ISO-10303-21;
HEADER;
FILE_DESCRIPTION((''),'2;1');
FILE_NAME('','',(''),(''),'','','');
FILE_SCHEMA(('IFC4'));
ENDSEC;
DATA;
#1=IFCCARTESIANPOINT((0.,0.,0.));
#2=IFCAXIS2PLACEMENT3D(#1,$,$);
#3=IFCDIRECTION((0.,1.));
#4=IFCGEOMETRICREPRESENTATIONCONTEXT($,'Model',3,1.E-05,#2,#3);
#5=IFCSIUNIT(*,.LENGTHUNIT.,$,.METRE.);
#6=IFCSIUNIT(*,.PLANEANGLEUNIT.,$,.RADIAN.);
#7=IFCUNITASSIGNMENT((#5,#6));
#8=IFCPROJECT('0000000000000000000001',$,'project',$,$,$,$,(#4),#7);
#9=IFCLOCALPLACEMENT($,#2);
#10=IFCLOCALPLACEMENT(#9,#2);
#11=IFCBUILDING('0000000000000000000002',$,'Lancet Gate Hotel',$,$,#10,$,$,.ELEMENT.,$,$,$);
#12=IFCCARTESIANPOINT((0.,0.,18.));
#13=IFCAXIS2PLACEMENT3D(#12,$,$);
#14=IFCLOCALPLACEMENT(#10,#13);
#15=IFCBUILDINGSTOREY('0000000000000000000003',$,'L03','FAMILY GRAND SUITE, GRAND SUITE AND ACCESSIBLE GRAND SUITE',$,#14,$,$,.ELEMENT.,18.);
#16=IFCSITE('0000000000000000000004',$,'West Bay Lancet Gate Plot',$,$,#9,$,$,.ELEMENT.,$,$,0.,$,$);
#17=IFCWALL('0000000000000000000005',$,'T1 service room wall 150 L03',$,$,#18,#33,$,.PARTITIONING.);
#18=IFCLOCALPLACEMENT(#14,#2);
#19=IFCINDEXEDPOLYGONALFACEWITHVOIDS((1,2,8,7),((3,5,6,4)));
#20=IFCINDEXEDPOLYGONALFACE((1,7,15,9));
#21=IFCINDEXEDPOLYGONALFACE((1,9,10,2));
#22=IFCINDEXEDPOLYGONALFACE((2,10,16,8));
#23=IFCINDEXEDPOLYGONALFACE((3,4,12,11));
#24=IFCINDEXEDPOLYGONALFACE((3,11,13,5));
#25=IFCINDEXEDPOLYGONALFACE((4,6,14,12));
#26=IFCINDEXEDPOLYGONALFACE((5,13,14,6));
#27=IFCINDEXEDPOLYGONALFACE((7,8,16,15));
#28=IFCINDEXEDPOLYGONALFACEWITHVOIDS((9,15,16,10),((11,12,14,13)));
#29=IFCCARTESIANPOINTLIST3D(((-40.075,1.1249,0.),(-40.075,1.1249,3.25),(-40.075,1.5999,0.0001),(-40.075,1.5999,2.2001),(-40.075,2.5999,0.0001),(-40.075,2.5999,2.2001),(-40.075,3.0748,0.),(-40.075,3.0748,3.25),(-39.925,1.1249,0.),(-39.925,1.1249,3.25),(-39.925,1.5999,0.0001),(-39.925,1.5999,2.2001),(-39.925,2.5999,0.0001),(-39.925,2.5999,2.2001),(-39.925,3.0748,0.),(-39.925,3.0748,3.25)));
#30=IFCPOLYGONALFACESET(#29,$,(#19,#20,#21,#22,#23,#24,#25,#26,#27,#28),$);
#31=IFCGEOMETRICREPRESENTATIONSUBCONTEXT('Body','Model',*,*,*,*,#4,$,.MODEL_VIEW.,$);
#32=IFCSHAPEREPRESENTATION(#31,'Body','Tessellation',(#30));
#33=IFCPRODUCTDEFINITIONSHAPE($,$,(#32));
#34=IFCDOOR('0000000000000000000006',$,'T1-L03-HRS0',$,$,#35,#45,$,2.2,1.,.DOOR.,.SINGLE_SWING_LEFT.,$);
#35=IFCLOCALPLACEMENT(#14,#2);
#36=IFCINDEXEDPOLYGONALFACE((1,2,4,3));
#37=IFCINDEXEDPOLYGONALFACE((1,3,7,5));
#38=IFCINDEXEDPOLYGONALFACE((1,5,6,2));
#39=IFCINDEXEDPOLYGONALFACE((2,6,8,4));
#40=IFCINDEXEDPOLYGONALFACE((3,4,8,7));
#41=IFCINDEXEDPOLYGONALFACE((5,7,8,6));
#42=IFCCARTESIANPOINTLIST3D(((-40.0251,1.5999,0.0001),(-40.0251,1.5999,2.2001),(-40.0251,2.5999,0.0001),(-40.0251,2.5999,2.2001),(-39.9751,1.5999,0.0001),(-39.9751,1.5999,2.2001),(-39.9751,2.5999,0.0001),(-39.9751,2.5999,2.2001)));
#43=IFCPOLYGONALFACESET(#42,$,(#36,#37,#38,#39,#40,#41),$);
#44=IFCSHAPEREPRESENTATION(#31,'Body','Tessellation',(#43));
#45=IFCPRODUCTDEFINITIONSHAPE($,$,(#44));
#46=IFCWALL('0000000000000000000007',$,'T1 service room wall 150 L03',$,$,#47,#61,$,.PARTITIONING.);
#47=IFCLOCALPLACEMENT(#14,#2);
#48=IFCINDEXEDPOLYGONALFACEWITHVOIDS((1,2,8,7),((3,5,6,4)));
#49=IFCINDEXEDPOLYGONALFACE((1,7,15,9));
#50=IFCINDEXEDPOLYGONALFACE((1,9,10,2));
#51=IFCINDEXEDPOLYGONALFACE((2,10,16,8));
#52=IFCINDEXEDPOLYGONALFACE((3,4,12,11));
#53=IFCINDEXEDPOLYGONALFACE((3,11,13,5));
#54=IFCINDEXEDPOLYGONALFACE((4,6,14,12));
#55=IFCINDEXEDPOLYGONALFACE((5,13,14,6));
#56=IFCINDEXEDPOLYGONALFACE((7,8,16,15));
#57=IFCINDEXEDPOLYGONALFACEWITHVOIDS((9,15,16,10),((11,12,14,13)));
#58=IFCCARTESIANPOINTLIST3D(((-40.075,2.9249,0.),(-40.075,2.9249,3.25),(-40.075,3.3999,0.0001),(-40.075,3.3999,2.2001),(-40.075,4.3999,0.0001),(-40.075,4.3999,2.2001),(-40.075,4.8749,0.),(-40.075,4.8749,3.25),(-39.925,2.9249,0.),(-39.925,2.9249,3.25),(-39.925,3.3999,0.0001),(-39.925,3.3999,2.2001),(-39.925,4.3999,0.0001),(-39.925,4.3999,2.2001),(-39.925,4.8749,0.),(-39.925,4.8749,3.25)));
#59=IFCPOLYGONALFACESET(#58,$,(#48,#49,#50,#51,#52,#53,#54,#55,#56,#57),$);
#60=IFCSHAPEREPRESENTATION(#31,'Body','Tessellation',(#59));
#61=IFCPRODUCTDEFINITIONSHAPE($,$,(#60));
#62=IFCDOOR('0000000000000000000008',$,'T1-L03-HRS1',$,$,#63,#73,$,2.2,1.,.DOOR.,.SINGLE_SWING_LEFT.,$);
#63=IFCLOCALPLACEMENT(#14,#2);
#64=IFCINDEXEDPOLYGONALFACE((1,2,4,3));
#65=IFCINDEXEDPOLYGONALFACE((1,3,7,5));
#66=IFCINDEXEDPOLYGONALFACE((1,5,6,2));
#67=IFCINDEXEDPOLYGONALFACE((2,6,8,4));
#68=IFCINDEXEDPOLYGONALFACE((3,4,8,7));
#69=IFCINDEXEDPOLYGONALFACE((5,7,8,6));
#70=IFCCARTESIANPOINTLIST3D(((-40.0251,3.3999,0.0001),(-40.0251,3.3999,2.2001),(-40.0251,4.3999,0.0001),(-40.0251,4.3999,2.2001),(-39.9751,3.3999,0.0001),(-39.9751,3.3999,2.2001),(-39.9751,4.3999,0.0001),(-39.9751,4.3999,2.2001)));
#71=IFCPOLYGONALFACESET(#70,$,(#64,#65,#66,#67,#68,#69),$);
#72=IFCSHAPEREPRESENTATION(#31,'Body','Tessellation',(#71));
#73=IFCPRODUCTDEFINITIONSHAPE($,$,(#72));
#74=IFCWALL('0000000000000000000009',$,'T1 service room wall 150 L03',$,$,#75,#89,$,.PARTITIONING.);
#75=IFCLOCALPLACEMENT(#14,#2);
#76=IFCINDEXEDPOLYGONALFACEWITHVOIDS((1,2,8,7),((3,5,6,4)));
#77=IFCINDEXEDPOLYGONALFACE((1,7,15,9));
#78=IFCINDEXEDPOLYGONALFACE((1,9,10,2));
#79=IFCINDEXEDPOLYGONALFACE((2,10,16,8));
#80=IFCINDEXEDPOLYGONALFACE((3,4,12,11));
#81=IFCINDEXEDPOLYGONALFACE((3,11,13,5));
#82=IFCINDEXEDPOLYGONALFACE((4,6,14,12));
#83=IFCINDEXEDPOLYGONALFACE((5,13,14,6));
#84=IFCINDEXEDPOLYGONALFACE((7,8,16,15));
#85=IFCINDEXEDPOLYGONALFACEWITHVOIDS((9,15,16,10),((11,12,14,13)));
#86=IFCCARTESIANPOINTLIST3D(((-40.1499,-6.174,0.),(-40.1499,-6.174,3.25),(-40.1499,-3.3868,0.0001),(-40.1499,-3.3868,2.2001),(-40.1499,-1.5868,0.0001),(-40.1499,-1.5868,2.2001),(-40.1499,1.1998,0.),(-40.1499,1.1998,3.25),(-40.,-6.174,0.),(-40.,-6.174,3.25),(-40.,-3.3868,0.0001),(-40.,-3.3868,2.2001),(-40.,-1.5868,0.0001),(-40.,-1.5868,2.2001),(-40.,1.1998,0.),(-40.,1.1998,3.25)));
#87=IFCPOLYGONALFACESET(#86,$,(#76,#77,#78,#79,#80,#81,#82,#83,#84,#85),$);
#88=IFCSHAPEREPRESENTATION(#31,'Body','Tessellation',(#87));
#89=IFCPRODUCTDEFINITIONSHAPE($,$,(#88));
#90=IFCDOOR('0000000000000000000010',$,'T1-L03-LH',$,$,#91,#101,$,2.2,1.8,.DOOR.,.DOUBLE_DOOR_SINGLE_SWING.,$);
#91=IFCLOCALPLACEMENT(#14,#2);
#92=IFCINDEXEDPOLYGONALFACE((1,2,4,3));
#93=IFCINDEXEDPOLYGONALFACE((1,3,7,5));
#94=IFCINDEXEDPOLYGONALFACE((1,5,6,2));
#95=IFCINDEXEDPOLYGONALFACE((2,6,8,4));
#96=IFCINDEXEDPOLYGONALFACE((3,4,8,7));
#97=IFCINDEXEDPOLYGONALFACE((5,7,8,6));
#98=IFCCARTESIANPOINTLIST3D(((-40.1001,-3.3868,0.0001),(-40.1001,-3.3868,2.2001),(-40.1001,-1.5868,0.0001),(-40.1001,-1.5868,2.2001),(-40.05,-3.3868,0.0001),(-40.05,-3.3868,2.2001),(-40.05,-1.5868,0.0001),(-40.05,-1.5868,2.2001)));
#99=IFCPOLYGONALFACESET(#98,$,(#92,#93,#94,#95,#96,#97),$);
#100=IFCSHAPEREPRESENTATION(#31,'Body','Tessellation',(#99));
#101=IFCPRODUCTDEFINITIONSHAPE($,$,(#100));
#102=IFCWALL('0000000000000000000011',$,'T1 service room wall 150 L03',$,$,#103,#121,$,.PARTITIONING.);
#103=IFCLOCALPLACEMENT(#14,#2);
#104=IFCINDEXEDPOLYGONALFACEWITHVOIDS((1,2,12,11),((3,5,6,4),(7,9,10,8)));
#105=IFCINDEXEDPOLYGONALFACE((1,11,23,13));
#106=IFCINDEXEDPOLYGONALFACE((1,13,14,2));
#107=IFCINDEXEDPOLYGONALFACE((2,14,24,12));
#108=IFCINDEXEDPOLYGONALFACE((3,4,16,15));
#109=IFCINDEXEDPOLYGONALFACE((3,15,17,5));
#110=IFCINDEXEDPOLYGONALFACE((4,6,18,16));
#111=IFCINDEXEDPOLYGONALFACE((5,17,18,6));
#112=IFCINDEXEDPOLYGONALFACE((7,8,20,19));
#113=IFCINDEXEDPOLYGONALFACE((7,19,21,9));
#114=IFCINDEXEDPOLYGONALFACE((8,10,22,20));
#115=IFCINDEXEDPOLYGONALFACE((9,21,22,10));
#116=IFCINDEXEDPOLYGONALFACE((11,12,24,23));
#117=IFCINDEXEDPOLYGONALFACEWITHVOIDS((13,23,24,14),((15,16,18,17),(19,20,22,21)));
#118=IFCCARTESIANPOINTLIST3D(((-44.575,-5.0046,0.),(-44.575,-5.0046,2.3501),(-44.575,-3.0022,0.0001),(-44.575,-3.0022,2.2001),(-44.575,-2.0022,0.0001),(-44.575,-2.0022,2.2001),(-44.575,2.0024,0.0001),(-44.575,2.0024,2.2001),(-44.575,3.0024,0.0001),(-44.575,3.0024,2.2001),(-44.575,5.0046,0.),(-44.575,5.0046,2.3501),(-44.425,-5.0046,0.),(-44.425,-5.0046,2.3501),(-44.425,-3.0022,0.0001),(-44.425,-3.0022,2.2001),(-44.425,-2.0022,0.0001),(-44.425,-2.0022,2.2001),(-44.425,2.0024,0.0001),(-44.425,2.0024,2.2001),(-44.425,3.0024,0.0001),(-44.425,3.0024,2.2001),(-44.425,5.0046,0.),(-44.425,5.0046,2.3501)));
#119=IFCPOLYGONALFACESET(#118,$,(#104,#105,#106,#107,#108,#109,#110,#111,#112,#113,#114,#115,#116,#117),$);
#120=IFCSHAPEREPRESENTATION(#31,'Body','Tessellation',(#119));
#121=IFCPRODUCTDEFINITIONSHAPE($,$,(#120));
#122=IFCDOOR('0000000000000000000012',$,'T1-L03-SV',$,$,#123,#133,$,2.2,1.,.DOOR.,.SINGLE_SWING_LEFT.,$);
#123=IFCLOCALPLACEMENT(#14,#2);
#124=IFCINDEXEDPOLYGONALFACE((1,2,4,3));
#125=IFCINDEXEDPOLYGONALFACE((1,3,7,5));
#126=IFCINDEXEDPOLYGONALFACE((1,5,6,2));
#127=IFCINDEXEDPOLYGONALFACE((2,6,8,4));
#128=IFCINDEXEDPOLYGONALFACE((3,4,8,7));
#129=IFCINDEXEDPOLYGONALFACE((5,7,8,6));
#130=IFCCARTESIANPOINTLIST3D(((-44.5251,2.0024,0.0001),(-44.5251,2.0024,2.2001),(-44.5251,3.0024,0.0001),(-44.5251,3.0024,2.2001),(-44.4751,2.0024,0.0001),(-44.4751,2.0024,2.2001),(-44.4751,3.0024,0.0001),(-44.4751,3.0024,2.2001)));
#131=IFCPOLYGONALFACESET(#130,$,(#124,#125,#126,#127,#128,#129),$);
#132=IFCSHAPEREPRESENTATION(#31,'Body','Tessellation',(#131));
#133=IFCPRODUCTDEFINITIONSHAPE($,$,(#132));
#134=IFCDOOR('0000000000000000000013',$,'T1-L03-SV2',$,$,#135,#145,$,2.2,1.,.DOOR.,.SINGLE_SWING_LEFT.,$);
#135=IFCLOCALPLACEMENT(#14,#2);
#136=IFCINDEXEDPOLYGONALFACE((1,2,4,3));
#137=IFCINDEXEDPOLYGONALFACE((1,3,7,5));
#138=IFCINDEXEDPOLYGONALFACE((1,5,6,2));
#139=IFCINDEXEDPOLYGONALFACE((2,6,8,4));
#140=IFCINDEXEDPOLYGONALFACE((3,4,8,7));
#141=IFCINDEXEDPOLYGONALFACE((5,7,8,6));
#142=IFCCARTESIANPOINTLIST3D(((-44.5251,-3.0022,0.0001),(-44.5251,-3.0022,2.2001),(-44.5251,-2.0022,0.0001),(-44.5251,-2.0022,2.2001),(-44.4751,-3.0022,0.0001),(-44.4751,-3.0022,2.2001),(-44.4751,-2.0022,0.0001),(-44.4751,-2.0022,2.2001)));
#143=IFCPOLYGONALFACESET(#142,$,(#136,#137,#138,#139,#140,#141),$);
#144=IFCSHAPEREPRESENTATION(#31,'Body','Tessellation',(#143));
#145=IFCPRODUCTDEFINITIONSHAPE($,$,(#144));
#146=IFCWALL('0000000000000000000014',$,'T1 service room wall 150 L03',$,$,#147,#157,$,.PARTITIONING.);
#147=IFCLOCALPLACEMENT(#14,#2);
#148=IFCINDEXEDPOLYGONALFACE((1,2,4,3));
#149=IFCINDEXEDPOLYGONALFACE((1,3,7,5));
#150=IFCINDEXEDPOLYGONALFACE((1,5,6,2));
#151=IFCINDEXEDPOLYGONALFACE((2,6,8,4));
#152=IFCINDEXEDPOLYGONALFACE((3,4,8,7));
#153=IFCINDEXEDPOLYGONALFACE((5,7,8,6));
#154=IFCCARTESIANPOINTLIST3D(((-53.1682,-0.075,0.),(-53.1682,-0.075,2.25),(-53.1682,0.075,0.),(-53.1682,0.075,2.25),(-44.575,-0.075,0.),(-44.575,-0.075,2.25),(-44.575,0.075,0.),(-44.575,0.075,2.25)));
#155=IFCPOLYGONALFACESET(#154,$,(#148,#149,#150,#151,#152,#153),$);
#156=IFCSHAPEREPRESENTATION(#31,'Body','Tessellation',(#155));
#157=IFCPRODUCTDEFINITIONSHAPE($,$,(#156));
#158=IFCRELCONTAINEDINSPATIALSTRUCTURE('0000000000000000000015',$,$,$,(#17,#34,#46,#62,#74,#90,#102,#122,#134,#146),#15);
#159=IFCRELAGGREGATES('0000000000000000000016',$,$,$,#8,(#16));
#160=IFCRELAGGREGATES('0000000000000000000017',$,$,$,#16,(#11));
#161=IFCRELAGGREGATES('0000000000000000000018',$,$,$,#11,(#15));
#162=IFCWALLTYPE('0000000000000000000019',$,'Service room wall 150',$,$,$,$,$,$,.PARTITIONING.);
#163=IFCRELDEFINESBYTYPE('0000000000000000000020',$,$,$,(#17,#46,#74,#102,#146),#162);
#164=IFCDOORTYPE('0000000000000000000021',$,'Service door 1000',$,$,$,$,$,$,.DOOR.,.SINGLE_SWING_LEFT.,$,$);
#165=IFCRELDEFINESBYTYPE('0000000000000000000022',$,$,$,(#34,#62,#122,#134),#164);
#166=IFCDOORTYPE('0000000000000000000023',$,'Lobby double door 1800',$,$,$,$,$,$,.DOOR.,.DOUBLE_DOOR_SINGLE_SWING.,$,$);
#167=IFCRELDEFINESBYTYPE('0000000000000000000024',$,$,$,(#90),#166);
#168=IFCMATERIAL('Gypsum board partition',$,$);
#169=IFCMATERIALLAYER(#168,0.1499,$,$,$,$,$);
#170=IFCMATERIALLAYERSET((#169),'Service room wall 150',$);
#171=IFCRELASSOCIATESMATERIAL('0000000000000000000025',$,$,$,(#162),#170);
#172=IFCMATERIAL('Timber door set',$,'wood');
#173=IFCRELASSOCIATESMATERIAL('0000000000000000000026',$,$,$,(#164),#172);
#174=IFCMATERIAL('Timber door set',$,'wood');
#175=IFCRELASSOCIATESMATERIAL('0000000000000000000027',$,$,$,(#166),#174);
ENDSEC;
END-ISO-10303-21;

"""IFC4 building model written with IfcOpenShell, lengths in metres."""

from ifc_helpers import new_model, si_unit, direction, frame, frame_2d, origin, place, context, subcontext, project, spatial, rectangle, extrude, material, layer, layer_set, type_object, element, fill, save


model = new_model("IFC4")

# Units and contexts
model_context = context("Model", 3, precision=1e-05, world=origin(), true_north=direction((0.0, 1.0)))
body_context = subcontext(model_context, "Body", "Model", "MODEL_VIEW")
ifc_project = project(units=[si_unit("LENGTHUNIT", "METRE"), si_unit("PLANEANGLEUNIT", "RADIAN")], contexts=[model_context])

# Site, building, storey
site_placement = place(None, origin())
site = spatial("IfcSite", under=ifc_project, at=site_placement, Name="West Bay Lancet Gate Plot", CompositionType="ELEMENT", RefElevation=0.0)
building_placement = place(site_placement, origin())
building = spatial("IfcBuilding", under=site, at=building_placement, Name="Lancet Gate Hotel", CompositionType="ELEMENT")
storey_placement = place(building_placement, frame((0.0, 0.0, 18.0)))
storey = spatial("IfcBuildingStorey", under=building, at=storey_placement, Name="L03", Description="FAMILY GRAND SUITE, GRAND SUITE AND ACCESSIBLE GRAND SUITE", CompositionType="ELEMENT", Elevation=18.0)

# Walls, openings, doors
ifc_material_1 = material(Name="Gypsum board partition")
ifc_layer_1 = layer(ifc_material_1, 0.1499)
ifc_layer_set_1 = layer_set([ifc_layer_1], Name="Service room wall 150")
wall_type_1 = type_object("IfcWallType", Name="Service room wall 150", PredefinedType="PARTITIONING", material=ifc_layer_set_1)
wall_1_placement = place(storey_placement, frame((-40.0, 3.075, 0.0), z_axis=(0.0, 0.0, 1.0), x_axis=(0.0, -1.0, 0.0)))
wall_1 = element("IfcWall", 1, at=wall_1_placement, inside=storey, type_object=wall_type_1, Name="T1 service room wall 150 L03", PredefinedType="PARTITIONING", context=body_context, shape_type="SweptSolid", body=[
    extrude(rectangle(XDim=1.95, YDim=0.1499, at=frame_2d((0.9751, 0.0))), origin(), (0.0, 0.0, 1.0), 3.25),
])
opening_1_placement = place(wall_1_placement, frame((0.4751, 0.0, 0.0)))
opening_1 = element("IfcOpeningElement", 2, at=opening_1_placement, cuts=wall_1, PredefinedType="OPENING", context=body_context, shape_type="SweptSolid", body=[
    extrude(rectangle(XDim=1.0, YDim=2.2, at=frame_2d((0.5, 1.1001))), frame((0.0, 0.085, 0.0), z_axis=(0.0, -1.0, 0.0), x_axis=(1.0, 0.0, 0.0)), (0.0, 0.0, 1.0), 0.1699),
])
ifc_material_2 = material(Name="Timber door set", Category="wood")
door_type_1 = type_object("IfcDoorType", Name="Service door 1000", OperationType="SINGLE_SWING_LEFT", PredefinedType="DOOR", material=ifc_material_2)
door_1_placement = place(opening_1_placement, origin())
door_1 = element("IfcDoor", 3, at=door_1_placement, inside=storey, type_object=door_type_1, Name="T1-L03-HRS0", OperationType="SINGLE_SWING_LEFT", OverallHeight=2.2, OverallWidth=1.0, PredefinedType="DOOR", context=body_context, shape_type="SweptSolid", body=[
    extrude(rectangle(XDim=1.0, YDim=2.2, at=frame_2d((0.5, 1.1001))), frame((0.0, 0.0249, 0.0), z_axis=(0.0, -1.0, 0.0), x_axis=(1.0, 0.0, 0.0)), (0.0, 0.0, 1.0), 0.05),
])
fill(opening_1, door_1)
wall_2_placement = place(storey_placement, frame((-40.0, 4.875, 0.0), z_axis=(0.0, 0.0, 1.0), x_axis=(0.0, -1.0, 0.0)))
wall_2 = element("IfcWall", 4, at=wall_2_placement, inside=storey, type_object=wall_type_1, Name="T1 service room wall 150 L03", PredefinedType="PARTITIONING", context=body_context, shape_type="SweptSolid", body=[
    extrude(rectangle(XDim=1.95, YDim=0.1499, at=frame_2d((0.9751, 0.0))), origin(), (0.0, 0.0, 1.0), 3.25),
])
opening_2_placement = place(wall_2_placement, frame((0.4751, 0.0, 0.0)))
opening_2 = element("IfcOpeningElement", 5, at=opening_2_placement, cuts=wall_2, PredefinedType="OPENING", context=body_context, shape_type="SweptSolid", body=[
    extrude(rectangle(XDim=1.0, YDim=2.2, at=frame_2d((0.5, 1.1001))), frame((0.0, 0.085, 0.0), z_axis=(0.0, -1.0, 0.0), x_axis=(1.0, 0.0, 0.0)), (0.0, 0.0, 1.0), 0.1699),
])
door_2_placement = place(opening_2_placement, origin())
door_2 = element("IfcDoor", 6, at=door_2_placement, inside=storey, type_object=door_type_1, Name="T1-L03-HRS1", OperationType="SINGLE_SWING_LEFT", OverallHeight=2.2, OverallWidth=1.0, PredefinedType="DOOR", context=body_context, shape_type="SweptSolid", body=[
    extrude(rectangle(XDim=1.0, YDim=2.2, at=frame_2d((0.5, 1.1001))), frame((0.0, 0.0249, 0.0), z_axis=(0.0, -1.0, 0.0), x_axis=(1.0, 0.0, 0.0)), (0.0, 0.0, 1.0), 0.05),
])
fill(opening_2, door_2)
wall_3_placement = place(storey_placement, frame((-40.075, 1.2, 0.0), z_axis=(0.0, 0.0, 1.0), x_axis=(0.0, -1.0, 0.0)))
wall_3 = element("IfcWall", 7, at=wall_3_placement, inside=storey, type_object=wall_type_1, Name="T1 service room wall 150 L03", PredefinedType="PARTITIONING", context=body_context, shape_type="SweptSolid", body=[
    extrude(rectangle(XDim=7.3738, YDim=0.1499, at=frame_2d((3.687, 0.0))), origin(), (0.0, 0.0, 1.0), 3.25),
])
opening_3_placement = place(wall_3_placement, frame((2.7869, 0.0, 0.0)))
opening_3 = element("IfcOpeningElement", 8, at=opening_3_placement, cuts=wall_3, PredefinedType="OPENING", context=body_context, shape_type="SweptSolid", body=[
    extrude(rectangle(XDim=1.8, YDim=2.2, at=frame_2d((0.8999, 1.1001))), frame((0.0, 0.085, 0.0), z_axis=(0.0, -1.0, 0.0), x_axis=(1.0, 0.0, 0.0)), (0.0, 0.0, 1.0), 0.1699),
])
ifc_material_3 = material(Name="Timber door set", Category="wood")
door_type_2 = type_object("IfcDoorType", Name="Lobby double door 1800", OperationType="DOUBLE_DOOR_SINGLE_SWING", PredefinedType="DOOR", material=ifc_material_3)
door_3_placement = place(opening_3_placement, origin())
door_3 = element("IfcDoor", 9, at=door_3_placement, inside=storey, type_object=door_type_2, Name="T1-L03-LH", OperationType="DOUBLE_DOOR_SINGLE_SWING", OverallHeight=2.2, OverallWidth=1.8, PredefinedType="DOOR", context=body_context, shape_type="SweptSolid", body=[
    extrude(rectangle(XDim=1.8, YDim=2.2, at=frame_2d((0.8999, 1.1001))), frame((0.0, 0.0249, 0.0), z_axis=(0.0, -1.0, 0.0), x_axis=(1.0, 0.0, 0.0)), (0.0, 0.0, 1.0), 0.05),
])
fill(opening_3, door_3)

# Wall, openings, doors
wall_4_placement = place(storey_placement, frame((-44.5, 5.0046, 0.0), z_axis=(0.0, 0.0, 1.0), x_axis=(0.0, -1.0, 0.0)))
wall_4 = element("IfcWall", 10, at=wall_4_placement, inside=storey, type_object=wall_type_1, Name="T1 service room wall 150 L03", PredefinedType="PARTITIONING", context=body_context, shape_type="SweptSolid", body=[
    extrude(rectangle(XDim=10.0093, YDim=0.1499, at=frame_2d((5.0046, 0.0))), origin(), (0.0, 0.0, 1.0), 2.3501),
])
opening_4_placement = place(wall_4_placement, frame((2.0022, 0.0, 0.0)))
opening_4 = element("IfcOpeningElement", 11, at=opening_4_placement, cuts=wall_4, PredefinedType="OPENING", context=body_context, shape_type="SweptSolid", body=[
    extrude(rectangle(XDim=1.0, YDim=2.2, at=frame_2d((0.5, 1.1001))), frame((0.0, 0.085, 0.0), z_axis=(0.0, -1.0, 0.0), x_axis=(1.0, 0.0, 0.0)), (0.0, 0.0, 1.0), 0.1699),
])
opening_5_placement = place(wall_4_placement, frame((7.0068, 0.0, 0.0)))
opening_5 = element("IfcOpeningElement", 12, at=opening_5_placement, cuts=wall_4, PredefinedType="OPENING", context=body_context, shape_type="SweptSolid", body=[
    extrude(rectangle(XDim=1.0, YDim=2.2, at=frame_2d((0.5, 1.1001))), frame((0.0, 0.085, 0.0), z_axis=(0.0, -1.0, 0.0), x_axis=(1.0, 0.0, 0.0)), (0.0, 0.0, 1.0), 0.1699),
])
door_4_placement = place(opening_4_placement, origin())
door_4 = element("IfcDoor", 13, at=door_4_placement, inside=storey, type_object=door_type_1, Name="T1-L03-SV", OperationType="SINGLE_SWING_LEFT", OverallHeight=2.2, OverallWidth=1.0, PredefinedType="DOOR", context=body_context, shape_type="SweptSolid", body=[
    extrude(rectangle(XDim=1.0, YDim=2.2, at=frame_2d((0.5, 1.1001))), frame((0.0, 0.0249, 0.0), z_axis=(0.0, -1.0, 0.0), x_axis=(1.0, 0.0, 0.0)), (0.0, 0.0, 1.0), 0.05),
])
fill(opening_4, door_4)
door_5_placement = place(opening_5_placement, origin())
door_5 = element("IfcDoor", 14, at=door_5_placement, inside=storey, type_object=door_type_1, Name="T1-L03-SV2", OperationType="SINGLE_SWING_LEFT", OverallHeight=2.2, OverallWidth=1.0, PredefinedType="DOOR", context=body_context, shape_type="SweptSolid", body=[
    extrude(rectangle(XDim=1.0, YDim=2.2, at=frame_2d((0.5, 1.1001))), frame((0.0, 0.0249, 0.0), z_axis=(0.0, -1.0, 0.0), x_axis=(1.0, 0.0, 0.0)), (0.0, 0.0, 1.0), 0.05),
])
fill(opening_5, door_5)

# Wall
wall_5_placement = place(storey_placement, frame((-44.575, 0.0, 0.0), z_axis=(0.0, 0.0, 1.0), x_axis=(-1.0, 0.0, 0.0)))
element("IfcWall", 15, at=wall_5_placement, inside=storey, type_object=wall_type_1, Name="T1 service room wall 150 L03", PredefinedType="PARTITIONING", context=body_context, shape_type="SweptSolid", body=[
    extrude(rectangle(XDim=8.5933, YDim=0.1499, at=frame_2d((4.2966, 0.0))), origin(), (0.0, 0.0, 1.0), 2.25),
])

save(model, "model.ifc")
